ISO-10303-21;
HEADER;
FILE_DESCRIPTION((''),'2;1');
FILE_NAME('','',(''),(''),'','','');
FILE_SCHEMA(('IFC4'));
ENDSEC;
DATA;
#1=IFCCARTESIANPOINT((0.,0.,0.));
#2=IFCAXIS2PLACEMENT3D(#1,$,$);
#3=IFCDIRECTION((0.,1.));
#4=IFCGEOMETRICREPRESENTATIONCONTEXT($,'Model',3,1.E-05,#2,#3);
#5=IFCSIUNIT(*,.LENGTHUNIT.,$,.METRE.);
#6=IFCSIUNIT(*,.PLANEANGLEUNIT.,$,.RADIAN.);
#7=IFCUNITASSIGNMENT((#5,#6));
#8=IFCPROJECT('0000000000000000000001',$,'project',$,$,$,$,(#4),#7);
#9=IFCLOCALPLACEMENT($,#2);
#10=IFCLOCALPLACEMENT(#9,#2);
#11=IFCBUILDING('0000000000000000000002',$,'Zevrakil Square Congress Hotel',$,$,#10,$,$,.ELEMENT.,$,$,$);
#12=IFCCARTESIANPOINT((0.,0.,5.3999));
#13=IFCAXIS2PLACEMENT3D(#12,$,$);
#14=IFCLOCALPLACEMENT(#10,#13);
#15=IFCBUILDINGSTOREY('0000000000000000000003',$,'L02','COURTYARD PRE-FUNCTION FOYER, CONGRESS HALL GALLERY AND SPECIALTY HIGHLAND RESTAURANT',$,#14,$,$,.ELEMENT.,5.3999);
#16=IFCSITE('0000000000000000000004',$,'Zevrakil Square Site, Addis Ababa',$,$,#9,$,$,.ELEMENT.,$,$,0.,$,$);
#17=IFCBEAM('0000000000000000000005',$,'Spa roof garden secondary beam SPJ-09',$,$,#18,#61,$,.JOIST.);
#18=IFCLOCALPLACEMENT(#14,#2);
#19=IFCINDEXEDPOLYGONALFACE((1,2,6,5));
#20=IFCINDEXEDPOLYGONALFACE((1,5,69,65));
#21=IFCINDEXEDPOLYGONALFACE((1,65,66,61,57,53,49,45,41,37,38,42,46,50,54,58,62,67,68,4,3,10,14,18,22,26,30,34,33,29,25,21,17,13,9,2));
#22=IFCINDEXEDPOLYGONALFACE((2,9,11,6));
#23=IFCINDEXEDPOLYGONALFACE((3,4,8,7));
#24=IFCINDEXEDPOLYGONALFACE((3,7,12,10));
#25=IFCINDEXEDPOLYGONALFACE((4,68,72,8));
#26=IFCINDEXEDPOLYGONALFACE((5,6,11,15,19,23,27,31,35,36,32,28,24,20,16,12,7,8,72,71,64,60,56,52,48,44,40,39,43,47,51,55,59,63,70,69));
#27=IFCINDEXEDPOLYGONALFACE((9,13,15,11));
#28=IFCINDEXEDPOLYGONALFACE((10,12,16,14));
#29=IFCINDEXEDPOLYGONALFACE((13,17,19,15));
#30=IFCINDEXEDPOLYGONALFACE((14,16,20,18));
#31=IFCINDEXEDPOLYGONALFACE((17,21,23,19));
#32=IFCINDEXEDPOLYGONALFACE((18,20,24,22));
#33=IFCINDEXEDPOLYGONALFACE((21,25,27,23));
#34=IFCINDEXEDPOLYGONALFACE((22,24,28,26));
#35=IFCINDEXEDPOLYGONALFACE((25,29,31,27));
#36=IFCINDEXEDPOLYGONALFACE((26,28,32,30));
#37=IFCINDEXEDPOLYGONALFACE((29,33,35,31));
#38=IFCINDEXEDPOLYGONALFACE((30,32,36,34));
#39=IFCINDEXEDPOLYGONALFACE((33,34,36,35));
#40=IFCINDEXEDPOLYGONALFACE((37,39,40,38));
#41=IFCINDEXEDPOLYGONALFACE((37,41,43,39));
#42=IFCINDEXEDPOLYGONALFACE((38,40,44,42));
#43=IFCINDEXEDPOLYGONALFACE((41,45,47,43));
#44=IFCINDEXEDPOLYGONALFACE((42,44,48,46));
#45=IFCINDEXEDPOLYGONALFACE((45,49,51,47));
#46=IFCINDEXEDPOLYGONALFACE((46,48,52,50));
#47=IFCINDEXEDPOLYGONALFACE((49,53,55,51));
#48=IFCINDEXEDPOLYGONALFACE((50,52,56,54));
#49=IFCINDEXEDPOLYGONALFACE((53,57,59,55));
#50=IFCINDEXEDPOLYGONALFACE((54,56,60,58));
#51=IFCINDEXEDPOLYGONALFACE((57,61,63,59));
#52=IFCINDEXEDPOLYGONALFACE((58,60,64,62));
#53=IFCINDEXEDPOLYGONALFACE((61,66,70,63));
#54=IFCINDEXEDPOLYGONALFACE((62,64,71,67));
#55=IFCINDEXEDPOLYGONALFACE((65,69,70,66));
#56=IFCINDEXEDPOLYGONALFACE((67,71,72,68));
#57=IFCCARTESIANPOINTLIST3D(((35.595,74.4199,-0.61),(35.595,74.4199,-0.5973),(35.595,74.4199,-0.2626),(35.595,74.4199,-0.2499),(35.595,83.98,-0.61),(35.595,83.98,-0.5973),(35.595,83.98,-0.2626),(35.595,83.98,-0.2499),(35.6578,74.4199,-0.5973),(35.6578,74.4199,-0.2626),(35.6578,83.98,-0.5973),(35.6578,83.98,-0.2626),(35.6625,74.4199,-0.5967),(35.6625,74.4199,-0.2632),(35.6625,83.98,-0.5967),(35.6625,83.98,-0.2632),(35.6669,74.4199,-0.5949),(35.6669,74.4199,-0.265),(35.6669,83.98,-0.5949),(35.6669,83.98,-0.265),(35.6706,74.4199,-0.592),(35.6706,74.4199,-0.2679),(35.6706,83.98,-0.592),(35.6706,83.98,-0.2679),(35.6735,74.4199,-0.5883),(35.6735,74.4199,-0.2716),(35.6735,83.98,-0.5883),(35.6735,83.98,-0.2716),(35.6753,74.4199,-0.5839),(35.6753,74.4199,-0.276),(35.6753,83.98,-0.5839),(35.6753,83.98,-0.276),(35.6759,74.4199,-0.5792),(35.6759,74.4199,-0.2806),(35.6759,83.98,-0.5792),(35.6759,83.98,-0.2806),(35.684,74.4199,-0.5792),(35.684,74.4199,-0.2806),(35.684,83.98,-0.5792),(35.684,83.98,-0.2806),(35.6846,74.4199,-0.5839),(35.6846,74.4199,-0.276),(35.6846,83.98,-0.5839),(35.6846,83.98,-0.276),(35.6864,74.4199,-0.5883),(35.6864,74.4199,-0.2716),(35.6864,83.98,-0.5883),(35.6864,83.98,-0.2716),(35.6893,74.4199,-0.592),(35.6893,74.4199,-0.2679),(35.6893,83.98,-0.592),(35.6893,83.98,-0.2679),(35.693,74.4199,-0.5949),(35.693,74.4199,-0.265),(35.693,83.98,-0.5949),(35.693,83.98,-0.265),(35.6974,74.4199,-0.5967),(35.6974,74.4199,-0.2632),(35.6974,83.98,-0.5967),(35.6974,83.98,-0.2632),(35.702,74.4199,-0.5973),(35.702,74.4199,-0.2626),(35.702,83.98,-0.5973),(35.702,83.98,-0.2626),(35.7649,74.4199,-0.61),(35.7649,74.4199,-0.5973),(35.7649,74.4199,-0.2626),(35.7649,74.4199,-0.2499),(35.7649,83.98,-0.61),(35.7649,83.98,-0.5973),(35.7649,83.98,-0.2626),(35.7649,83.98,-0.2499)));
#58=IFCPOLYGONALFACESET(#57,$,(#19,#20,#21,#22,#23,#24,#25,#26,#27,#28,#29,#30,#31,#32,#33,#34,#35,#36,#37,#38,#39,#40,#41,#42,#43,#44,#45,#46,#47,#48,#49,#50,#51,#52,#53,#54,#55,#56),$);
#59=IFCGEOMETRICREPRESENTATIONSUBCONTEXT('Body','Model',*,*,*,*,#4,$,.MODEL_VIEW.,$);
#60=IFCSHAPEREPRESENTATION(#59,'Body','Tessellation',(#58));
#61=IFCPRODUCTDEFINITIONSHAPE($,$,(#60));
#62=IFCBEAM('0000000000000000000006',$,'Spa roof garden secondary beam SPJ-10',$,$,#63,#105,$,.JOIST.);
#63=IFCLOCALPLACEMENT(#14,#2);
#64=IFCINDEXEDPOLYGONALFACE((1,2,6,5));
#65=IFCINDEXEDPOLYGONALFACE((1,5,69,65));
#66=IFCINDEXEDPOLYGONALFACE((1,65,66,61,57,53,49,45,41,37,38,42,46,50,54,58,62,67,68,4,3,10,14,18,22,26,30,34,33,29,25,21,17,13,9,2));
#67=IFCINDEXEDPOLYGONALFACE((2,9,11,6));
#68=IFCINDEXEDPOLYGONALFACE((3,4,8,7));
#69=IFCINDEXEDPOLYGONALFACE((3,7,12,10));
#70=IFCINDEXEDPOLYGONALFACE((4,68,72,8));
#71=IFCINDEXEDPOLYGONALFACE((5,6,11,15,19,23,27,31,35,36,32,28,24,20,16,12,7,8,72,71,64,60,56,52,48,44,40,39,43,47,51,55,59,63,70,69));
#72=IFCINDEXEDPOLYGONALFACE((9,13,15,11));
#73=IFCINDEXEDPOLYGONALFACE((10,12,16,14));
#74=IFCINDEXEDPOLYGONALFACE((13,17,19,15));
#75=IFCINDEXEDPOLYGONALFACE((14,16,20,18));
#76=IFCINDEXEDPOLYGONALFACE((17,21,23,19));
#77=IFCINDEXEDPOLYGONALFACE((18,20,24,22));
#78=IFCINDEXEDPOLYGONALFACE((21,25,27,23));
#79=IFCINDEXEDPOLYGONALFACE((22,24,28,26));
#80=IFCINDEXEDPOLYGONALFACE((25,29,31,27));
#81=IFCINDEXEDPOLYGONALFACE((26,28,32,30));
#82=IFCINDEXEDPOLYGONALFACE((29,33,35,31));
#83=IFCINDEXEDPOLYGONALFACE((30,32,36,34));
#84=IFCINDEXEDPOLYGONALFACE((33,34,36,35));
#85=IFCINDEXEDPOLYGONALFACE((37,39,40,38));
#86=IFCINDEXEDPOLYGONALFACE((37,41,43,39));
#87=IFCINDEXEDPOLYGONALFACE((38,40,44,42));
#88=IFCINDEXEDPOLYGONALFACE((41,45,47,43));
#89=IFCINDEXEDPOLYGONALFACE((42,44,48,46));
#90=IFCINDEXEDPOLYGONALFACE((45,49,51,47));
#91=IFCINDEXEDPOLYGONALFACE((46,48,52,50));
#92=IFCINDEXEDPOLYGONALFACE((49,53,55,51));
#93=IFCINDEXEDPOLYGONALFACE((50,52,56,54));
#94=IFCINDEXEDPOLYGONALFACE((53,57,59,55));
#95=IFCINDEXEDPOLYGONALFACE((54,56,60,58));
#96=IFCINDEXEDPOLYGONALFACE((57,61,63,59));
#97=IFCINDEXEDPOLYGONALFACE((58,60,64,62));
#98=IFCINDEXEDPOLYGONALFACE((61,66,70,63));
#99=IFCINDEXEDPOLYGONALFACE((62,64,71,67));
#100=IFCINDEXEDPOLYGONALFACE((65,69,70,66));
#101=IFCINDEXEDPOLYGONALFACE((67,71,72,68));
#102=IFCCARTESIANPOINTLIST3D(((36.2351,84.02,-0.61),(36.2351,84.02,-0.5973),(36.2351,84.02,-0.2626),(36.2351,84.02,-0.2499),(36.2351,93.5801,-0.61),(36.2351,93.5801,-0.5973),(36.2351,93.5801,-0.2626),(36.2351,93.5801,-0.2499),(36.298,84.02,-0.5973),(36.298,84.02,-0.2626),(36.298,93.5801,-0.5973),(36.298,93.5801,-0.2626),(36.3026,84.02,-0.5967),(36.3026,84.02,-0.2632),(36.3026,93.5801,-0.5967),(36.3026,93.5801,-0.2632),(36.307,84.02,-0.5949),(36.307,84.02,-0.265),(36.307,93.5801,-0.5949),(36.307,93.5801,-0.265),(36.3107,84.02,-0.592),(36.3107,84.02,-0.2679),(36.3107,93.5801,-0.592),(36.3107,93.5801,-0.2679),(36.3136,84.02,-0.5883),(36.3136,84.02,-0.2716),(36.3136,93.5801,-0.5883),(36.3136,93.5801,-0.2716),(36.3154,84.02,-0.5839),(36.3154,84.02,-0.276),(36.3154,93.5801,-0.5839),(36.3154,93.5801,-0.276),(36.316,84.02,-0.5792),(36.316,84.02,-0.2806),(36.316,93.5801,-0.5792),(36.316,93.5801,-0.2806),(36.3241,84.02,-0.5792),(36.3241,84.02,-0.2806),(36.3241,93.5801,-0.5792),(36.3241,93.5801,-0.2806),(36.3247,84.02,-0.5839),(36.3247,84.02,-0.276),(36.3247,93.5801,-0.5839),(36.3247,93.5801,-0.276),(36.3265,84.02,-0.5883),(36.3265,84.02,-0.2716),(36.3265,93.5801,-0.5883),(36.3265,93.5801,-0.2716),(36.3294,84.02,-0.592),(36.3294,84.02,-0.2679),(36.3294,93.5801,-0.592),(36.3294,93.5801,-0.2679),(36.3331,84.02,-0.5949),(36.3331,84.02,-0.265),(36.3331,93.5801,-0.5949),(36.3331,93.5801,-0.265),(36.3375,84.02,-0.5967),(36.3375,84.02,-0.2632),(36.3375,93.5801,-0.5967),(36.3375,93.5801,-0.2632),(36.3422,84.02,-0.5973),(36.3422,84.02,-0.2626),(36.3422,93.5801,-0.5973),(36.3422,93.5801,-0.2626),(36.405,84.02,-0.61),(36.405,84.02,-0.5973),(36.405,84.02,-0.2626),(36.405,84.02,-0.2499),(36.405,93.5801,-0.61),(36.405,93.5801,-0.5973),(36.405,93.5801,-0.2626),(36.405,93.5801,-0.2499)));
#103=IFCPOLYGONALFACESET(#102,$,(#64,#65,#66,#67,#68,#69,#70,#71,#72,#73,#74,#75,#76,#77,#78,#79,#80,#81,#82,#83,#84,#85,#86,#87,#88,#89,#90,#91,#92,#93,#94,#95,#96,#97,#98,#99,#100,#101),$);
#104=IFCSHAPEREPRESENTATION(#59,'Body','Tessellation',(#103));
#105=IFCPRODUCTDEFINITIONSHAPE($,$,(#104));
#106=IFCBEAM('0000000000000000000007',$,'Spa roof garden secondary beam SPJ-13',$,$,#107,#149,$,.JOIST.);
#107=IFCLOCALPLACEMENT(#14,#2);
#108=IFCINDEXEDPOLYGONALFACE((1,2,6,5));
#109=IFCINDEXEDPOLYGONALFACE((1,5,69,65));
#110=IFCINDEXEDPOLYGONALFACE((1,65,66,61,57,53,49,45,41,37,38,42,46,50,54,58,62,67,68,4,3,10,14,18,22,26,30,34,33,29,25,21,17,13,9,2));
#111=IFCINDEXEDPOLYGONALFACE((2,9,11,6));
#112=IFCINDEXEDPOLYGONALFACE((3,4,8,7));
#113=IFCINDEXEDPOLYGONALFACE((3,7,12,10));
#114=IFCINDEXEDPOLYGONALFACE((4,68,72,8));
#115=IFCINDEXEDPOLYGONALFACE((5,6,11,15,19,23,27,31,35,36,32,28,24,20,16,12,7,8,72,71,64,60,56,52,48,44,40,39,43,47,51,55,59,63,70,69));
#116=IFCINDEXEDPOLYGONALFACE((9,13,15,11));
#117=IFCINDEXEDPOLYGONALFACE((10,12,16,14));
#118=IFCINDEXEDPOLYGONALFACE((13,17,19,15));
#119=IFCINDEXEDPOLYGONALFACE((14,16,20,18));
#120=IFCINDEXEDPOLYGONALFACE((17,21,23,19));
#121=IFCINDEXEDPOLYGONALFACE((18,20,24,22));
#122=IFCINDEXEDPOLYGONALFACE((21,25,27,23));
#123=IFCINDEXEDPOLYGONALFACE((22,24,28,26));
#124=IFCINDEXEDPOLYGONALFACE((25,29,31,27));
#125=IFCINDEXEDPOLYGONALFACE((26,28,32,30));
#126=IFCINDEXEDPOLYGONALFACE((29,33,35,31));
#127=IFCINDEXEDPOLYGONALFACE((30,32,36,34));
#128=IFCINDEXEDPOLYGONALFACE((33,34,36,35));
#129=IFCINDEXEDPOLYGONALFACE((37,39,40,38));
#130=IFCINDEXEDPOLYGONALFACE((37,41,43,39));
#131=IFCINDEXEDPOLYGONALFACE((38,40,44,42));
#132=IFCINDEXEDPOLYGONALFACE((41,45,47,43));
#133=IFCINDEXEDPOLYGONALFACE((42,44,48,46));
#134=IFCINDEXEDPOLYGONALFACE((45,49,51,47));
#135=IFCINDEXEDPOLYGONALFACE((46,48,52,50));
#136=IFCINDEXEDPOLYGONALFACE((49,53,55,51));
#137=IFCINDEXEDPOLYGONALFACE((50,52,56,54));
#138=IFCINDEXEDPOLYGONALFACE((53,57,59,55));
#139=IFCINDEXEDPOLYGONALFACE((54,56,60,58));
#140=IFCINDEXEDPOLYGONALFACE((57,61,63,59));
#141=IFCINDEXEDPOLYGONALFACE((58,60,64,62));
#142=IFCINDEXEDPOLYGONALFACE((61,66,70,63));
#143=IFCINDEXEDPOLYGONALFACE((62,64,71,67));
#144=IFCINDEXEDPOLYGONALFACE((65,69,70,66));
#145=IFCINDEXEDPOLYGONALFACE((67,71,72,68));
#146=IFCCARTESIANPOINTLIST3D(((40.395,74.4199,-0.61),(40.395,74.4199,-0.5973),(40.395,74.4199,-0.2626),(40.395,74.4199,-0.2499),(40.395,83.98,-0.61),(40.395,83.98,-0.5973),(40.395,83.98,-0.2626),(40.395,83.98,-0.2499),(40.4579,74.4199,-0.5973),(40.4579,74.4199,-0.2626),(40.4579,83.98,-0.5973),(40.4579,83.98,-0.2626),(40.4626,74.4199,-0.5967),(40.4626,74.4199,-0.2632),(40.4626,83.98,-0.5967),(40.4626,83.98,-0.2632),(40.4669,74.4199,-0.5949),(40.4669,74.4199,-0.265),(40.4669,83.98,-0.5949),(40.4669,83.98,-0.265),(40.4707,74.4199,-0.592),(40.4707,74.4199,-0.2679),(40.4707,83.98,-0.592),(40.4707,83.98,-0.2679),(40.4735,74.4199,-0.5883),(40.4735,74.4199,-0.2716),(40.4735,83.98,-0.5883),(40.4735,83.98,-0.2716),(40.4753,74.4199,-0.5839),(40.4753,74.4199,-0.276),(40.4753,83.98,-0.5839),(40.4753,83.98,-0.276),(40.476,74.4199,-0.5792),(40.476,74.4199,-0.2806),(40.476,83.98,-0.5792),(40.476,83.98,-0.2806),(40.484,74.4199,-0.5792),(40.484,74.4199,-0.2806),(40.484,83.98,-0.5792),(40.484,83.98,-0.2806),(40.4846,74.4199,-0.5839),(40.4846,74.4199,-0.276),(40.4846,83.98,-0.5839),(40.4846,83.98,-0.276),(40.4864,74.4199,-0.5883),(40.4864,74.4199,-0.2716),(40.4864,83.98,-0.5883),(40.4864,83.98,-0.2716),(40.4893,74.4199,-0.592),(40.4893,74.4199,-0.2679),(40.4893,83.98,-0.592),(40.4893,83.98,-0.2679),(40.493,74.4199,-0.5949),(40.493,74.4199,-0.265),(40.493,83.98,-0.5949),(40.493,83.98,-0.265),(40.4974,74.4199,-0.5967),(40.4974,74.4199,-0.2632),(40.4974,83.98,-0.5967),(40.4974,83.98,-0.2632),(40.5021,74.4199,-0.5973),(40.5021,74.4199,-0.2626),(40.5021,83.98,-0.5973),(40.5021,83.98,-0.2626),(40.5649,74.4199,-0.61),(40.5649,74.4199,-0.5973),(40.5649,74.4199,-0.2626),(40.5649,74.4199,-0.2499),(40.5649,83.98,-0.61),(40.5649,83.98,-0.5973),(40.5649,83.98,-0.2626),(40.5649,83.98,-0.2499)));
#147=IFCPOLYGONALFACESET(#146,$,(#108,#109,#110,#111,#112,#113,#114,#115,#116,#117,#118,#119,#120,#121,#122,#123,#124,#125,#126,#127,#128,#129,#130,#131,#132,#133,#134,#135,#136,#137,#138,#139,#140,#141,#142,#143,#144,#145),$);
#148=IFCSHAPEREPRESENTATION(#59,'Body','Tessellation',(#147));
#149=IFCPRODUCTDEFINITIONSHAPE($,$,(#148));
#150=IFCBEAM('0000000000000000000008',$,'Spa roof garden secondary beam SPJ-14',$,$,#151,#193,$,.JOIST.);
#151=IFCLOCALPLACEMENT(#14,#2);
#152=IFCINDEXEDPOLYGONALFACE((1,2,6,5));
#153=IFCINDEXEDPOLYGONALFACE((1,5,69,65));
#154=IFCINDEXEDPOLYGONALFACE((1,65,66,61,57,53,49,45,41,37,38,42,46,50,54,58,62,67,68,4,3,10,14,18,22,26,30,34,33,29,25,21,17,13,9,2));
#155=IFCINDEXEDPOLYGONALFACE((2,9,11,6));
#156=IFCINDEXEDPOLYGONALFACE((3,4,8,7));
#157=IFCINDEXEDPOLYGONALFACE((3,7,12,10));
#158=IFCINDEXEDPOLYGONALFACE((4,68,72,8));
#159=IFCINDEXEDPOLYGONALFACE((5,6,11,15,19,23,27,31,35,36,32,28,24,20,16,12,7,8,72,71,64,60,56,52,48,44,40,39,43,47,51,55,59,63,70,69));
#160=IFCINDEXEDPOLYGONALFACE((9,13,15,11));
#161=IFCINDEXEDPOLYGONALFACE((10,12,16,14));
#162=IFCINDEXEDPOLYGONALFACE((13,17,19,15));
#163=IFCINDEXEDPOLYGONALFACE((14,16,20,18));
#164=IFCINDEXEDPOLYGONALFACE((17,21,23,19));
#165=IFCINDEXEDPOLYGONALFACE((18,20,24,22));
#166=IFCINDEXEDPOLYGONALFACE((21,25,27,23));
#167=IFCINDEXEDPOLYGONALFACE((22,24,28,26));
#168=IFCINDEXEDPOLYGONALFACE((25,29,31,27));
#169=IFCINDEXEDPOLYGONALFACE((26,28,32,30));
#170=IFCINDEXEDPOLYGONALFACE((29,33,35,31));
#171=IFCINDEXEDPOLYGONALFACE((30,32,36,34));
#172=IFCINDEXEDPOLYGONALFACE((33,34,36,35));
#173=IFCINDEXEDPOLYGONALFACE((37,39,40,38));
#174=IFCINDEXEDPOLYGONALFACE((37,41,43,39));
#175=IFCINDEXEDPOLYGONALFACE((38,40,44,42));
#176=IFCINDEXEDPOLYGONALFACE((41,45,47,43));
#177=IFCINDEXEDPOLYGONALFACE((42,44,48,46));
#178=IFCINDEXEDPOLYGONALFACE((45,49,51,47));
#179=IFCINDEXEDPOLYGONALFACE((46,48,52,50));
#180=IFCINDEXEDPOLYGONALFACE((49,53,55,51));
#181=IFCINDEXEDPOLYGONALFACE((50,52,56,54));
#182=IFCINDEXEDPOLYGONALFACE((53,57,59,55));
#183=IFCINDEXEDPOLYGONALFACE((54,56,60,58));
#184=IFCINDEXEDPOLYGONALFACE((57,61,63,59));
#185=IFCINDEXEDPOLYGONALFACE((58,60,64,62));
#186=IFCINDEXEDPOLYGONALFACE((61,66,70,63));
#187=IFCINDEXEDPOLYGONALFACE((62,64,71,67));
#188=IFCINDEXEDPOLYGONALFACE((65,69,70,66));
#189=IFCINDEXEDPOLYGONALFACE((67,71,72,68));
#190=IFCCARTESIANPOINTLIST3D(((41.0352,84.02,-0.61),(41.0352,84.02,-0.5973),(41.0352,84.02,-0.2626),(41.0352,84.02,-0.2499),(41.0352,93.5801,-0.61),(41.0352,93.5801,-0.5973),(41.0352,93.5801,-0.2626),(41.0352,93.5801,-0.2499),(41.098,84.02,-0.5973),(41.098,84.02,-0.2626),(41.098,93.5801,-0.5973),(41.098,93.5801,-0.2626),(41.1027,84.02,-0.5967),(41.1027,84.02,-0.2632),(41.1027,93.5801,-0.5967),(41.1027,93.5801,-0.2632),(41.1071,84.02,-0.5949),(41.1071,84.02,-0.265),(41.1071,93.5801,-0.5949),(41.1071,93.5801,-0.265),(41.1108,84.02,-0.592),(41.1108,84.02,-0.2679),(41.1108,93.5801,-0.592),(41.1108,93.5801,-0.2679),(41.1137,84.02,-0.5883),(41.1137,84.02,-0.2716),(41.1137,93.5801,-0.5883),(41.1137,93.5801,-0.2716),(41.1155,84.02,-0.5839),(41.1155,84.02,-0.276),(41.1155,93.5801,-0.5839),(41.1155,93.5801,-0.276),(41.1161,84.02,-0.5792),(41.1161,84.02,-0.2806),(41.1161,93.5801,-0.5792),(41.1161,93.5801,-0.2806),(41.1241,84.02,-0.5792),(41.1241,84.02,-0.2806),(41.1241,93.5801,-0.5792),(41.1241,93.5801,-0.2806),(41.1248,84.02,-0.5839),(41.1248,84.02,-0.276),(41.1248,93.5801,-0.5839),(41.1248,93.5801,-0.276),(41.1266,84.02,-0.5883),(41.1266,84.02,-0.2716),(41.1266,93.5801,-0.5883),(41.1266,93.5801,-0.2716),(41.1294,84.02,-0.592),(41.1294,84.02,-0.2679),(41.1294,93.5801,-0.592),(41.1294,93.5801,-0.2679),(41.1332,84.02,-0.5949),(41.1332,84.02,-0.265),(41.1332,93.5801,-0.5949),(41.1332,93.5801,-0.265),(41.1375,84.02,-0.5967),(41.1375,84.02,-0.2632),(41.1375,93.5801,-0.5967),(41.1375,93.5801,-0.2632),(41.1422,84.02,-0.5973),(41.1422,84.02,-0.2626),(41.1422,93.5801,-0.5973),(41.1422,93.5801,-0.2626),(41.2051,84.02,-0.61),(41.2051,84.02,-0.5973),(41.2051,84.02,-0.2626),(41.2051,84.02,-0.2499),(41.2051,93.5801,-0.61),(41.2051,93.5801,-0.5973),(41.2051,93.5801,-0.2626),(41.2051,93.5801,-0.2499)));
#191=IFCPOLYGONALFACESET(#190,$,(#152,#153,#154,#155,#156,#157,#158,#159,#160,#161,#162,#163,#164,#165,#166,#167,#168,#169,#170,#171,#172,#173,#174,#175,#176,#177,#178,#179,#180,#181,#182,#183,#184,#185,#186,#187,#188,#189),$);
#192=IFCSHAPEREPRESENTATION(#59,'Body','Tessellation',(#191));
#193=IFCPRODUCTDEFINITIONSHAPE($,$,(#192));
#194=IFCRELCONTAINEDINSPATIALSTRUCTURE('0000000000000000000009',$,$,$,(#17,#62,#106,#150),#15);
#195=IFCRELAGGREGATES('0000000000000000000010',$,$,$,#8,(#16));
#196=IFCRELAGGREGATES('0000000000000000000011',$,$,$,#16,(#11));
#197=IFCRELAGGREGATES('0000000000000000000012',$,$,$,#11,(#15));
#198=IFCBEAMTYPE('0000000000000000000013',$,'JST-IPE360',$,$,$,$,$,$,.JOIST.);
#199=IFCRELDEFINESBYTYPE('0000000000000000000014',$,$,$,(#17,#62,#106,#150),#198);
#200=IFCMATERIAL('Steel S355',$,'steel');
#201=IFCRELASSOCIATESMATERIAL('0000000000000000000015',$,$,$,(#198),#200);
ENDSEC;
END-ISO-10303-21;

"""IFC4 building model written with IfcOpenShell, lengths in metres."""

from ifc_helpers import new_model, si_unit, direction, frame, origin, origin_2d, place, context, subcontext, project, spatial, i_section, extrude, material, material_profile, profile_set, type_object, element, save


model = new_model("IFC4")

# Units and contexts
model_context = context("Model", 3, precision=1e-05, world=origin(), true_north=direction((0.0, 1.0)))
body_context = subcontext(model_context, "Body", "Model", "MODEL_VIEW")
ifc_project = project(units=[si_unit("LENGTHUNIT", "METRE"), si_unit("PLANEANGLEUNIT", "RADIAN")], contexts=[model_context])

# Site, building, storey
site_placement = place(None, origin())
site = spatial("IfcSite", under=ifc_project, at=site_placement, Name="Zevrakil Square Site, Addis Ababa", CompositionType="ELEMENT", RefElevation=0.0)
building_placement = place(site_placement, origin())
building = spatial("IfcBuilding", under=site, at=building_placement, Name="Zevrakil Square Congress Hotel", CompositionType="ELEMENT")
storey_placement = place(building_placement, frame((0.0, 0.0, 5.3999)))
storey = spatial("IfcBuildingStorey", under=building, at=storey_placement, Name="L02", Description="COURTYARD PRE-FUNCTION FOYER, CONGRESS HALL GALLERY AND SPECIALTY HIGHLAND RESTAURANT", CompositionType="ELEMENT", Elevation=5.3999)

# Beams
ifc_material_1 = material(Name="Steel S355", Category="steel")
ifc_material_profile_1 = material_profile(ifc_material_1, i_section(OverallWidth=0.1699, OverallDepth=0.3601, WebThickness=0.0081, FlangeThickness=0.0127, FilletRadius=0.0181, at=origin_2d()), Name="IPE 360")
ifc_profile_set_1 = profile_set([ifc_material_profile_1], Name="Steel S355")
beam_type_1 = type_object("IfcBeamType", Name="JST-IPE360", PredefinedType="JOIST", material=ifc_profile_set_1)
for number, where, z_axis, x_axis, name in (
    (1, (35.6799, 74.4199, -0.4299), (0.0, 1.0, 0.0), (-1.0, 0.0, 0.0), "Spa roof garden secondary beam SPJ-09"),
    (2, (36.3201, 84.02, -0.4299), (0.0, 1.0, 0.0), (-1.0, 0.0, 0.0), "Spa roof garden secondary beam SPJ-10"),
    (3, (40.48, 74.4199, -0.4299), (0.0, 1.0, 0.0), (-1.0, 0.0, 0.0), "Spa roof garden secondary beam SPJ-13"),
    (4, (41.1201, 84.02, -0.4299), (0.0, 1.0, 0.0), (-1.0, 0.0, 0.0), "Spa roof garden secondary beam SPJ-14"),
):
    element("IfcBeam", number, at=place(storey_placement, frame(where, z_axis=z_axis, x_axis=x_axis)), inside=storey, type_object=beam_type_1, Name=name, PredefinedType="JOIST", context=body_context, shape_type="SweptSolid", body=[
        extrude(i_section(OverallWidth=0.1699, OverallDepth=0.3601, WebThickness=0.0081, FlangeThickness=0.0127, FilletRadius=0.0181, at=origin_2d()), origin(), (0.0, 0.0, 1.0), 9.5601),
    ])

save(model, "model.ifc")
